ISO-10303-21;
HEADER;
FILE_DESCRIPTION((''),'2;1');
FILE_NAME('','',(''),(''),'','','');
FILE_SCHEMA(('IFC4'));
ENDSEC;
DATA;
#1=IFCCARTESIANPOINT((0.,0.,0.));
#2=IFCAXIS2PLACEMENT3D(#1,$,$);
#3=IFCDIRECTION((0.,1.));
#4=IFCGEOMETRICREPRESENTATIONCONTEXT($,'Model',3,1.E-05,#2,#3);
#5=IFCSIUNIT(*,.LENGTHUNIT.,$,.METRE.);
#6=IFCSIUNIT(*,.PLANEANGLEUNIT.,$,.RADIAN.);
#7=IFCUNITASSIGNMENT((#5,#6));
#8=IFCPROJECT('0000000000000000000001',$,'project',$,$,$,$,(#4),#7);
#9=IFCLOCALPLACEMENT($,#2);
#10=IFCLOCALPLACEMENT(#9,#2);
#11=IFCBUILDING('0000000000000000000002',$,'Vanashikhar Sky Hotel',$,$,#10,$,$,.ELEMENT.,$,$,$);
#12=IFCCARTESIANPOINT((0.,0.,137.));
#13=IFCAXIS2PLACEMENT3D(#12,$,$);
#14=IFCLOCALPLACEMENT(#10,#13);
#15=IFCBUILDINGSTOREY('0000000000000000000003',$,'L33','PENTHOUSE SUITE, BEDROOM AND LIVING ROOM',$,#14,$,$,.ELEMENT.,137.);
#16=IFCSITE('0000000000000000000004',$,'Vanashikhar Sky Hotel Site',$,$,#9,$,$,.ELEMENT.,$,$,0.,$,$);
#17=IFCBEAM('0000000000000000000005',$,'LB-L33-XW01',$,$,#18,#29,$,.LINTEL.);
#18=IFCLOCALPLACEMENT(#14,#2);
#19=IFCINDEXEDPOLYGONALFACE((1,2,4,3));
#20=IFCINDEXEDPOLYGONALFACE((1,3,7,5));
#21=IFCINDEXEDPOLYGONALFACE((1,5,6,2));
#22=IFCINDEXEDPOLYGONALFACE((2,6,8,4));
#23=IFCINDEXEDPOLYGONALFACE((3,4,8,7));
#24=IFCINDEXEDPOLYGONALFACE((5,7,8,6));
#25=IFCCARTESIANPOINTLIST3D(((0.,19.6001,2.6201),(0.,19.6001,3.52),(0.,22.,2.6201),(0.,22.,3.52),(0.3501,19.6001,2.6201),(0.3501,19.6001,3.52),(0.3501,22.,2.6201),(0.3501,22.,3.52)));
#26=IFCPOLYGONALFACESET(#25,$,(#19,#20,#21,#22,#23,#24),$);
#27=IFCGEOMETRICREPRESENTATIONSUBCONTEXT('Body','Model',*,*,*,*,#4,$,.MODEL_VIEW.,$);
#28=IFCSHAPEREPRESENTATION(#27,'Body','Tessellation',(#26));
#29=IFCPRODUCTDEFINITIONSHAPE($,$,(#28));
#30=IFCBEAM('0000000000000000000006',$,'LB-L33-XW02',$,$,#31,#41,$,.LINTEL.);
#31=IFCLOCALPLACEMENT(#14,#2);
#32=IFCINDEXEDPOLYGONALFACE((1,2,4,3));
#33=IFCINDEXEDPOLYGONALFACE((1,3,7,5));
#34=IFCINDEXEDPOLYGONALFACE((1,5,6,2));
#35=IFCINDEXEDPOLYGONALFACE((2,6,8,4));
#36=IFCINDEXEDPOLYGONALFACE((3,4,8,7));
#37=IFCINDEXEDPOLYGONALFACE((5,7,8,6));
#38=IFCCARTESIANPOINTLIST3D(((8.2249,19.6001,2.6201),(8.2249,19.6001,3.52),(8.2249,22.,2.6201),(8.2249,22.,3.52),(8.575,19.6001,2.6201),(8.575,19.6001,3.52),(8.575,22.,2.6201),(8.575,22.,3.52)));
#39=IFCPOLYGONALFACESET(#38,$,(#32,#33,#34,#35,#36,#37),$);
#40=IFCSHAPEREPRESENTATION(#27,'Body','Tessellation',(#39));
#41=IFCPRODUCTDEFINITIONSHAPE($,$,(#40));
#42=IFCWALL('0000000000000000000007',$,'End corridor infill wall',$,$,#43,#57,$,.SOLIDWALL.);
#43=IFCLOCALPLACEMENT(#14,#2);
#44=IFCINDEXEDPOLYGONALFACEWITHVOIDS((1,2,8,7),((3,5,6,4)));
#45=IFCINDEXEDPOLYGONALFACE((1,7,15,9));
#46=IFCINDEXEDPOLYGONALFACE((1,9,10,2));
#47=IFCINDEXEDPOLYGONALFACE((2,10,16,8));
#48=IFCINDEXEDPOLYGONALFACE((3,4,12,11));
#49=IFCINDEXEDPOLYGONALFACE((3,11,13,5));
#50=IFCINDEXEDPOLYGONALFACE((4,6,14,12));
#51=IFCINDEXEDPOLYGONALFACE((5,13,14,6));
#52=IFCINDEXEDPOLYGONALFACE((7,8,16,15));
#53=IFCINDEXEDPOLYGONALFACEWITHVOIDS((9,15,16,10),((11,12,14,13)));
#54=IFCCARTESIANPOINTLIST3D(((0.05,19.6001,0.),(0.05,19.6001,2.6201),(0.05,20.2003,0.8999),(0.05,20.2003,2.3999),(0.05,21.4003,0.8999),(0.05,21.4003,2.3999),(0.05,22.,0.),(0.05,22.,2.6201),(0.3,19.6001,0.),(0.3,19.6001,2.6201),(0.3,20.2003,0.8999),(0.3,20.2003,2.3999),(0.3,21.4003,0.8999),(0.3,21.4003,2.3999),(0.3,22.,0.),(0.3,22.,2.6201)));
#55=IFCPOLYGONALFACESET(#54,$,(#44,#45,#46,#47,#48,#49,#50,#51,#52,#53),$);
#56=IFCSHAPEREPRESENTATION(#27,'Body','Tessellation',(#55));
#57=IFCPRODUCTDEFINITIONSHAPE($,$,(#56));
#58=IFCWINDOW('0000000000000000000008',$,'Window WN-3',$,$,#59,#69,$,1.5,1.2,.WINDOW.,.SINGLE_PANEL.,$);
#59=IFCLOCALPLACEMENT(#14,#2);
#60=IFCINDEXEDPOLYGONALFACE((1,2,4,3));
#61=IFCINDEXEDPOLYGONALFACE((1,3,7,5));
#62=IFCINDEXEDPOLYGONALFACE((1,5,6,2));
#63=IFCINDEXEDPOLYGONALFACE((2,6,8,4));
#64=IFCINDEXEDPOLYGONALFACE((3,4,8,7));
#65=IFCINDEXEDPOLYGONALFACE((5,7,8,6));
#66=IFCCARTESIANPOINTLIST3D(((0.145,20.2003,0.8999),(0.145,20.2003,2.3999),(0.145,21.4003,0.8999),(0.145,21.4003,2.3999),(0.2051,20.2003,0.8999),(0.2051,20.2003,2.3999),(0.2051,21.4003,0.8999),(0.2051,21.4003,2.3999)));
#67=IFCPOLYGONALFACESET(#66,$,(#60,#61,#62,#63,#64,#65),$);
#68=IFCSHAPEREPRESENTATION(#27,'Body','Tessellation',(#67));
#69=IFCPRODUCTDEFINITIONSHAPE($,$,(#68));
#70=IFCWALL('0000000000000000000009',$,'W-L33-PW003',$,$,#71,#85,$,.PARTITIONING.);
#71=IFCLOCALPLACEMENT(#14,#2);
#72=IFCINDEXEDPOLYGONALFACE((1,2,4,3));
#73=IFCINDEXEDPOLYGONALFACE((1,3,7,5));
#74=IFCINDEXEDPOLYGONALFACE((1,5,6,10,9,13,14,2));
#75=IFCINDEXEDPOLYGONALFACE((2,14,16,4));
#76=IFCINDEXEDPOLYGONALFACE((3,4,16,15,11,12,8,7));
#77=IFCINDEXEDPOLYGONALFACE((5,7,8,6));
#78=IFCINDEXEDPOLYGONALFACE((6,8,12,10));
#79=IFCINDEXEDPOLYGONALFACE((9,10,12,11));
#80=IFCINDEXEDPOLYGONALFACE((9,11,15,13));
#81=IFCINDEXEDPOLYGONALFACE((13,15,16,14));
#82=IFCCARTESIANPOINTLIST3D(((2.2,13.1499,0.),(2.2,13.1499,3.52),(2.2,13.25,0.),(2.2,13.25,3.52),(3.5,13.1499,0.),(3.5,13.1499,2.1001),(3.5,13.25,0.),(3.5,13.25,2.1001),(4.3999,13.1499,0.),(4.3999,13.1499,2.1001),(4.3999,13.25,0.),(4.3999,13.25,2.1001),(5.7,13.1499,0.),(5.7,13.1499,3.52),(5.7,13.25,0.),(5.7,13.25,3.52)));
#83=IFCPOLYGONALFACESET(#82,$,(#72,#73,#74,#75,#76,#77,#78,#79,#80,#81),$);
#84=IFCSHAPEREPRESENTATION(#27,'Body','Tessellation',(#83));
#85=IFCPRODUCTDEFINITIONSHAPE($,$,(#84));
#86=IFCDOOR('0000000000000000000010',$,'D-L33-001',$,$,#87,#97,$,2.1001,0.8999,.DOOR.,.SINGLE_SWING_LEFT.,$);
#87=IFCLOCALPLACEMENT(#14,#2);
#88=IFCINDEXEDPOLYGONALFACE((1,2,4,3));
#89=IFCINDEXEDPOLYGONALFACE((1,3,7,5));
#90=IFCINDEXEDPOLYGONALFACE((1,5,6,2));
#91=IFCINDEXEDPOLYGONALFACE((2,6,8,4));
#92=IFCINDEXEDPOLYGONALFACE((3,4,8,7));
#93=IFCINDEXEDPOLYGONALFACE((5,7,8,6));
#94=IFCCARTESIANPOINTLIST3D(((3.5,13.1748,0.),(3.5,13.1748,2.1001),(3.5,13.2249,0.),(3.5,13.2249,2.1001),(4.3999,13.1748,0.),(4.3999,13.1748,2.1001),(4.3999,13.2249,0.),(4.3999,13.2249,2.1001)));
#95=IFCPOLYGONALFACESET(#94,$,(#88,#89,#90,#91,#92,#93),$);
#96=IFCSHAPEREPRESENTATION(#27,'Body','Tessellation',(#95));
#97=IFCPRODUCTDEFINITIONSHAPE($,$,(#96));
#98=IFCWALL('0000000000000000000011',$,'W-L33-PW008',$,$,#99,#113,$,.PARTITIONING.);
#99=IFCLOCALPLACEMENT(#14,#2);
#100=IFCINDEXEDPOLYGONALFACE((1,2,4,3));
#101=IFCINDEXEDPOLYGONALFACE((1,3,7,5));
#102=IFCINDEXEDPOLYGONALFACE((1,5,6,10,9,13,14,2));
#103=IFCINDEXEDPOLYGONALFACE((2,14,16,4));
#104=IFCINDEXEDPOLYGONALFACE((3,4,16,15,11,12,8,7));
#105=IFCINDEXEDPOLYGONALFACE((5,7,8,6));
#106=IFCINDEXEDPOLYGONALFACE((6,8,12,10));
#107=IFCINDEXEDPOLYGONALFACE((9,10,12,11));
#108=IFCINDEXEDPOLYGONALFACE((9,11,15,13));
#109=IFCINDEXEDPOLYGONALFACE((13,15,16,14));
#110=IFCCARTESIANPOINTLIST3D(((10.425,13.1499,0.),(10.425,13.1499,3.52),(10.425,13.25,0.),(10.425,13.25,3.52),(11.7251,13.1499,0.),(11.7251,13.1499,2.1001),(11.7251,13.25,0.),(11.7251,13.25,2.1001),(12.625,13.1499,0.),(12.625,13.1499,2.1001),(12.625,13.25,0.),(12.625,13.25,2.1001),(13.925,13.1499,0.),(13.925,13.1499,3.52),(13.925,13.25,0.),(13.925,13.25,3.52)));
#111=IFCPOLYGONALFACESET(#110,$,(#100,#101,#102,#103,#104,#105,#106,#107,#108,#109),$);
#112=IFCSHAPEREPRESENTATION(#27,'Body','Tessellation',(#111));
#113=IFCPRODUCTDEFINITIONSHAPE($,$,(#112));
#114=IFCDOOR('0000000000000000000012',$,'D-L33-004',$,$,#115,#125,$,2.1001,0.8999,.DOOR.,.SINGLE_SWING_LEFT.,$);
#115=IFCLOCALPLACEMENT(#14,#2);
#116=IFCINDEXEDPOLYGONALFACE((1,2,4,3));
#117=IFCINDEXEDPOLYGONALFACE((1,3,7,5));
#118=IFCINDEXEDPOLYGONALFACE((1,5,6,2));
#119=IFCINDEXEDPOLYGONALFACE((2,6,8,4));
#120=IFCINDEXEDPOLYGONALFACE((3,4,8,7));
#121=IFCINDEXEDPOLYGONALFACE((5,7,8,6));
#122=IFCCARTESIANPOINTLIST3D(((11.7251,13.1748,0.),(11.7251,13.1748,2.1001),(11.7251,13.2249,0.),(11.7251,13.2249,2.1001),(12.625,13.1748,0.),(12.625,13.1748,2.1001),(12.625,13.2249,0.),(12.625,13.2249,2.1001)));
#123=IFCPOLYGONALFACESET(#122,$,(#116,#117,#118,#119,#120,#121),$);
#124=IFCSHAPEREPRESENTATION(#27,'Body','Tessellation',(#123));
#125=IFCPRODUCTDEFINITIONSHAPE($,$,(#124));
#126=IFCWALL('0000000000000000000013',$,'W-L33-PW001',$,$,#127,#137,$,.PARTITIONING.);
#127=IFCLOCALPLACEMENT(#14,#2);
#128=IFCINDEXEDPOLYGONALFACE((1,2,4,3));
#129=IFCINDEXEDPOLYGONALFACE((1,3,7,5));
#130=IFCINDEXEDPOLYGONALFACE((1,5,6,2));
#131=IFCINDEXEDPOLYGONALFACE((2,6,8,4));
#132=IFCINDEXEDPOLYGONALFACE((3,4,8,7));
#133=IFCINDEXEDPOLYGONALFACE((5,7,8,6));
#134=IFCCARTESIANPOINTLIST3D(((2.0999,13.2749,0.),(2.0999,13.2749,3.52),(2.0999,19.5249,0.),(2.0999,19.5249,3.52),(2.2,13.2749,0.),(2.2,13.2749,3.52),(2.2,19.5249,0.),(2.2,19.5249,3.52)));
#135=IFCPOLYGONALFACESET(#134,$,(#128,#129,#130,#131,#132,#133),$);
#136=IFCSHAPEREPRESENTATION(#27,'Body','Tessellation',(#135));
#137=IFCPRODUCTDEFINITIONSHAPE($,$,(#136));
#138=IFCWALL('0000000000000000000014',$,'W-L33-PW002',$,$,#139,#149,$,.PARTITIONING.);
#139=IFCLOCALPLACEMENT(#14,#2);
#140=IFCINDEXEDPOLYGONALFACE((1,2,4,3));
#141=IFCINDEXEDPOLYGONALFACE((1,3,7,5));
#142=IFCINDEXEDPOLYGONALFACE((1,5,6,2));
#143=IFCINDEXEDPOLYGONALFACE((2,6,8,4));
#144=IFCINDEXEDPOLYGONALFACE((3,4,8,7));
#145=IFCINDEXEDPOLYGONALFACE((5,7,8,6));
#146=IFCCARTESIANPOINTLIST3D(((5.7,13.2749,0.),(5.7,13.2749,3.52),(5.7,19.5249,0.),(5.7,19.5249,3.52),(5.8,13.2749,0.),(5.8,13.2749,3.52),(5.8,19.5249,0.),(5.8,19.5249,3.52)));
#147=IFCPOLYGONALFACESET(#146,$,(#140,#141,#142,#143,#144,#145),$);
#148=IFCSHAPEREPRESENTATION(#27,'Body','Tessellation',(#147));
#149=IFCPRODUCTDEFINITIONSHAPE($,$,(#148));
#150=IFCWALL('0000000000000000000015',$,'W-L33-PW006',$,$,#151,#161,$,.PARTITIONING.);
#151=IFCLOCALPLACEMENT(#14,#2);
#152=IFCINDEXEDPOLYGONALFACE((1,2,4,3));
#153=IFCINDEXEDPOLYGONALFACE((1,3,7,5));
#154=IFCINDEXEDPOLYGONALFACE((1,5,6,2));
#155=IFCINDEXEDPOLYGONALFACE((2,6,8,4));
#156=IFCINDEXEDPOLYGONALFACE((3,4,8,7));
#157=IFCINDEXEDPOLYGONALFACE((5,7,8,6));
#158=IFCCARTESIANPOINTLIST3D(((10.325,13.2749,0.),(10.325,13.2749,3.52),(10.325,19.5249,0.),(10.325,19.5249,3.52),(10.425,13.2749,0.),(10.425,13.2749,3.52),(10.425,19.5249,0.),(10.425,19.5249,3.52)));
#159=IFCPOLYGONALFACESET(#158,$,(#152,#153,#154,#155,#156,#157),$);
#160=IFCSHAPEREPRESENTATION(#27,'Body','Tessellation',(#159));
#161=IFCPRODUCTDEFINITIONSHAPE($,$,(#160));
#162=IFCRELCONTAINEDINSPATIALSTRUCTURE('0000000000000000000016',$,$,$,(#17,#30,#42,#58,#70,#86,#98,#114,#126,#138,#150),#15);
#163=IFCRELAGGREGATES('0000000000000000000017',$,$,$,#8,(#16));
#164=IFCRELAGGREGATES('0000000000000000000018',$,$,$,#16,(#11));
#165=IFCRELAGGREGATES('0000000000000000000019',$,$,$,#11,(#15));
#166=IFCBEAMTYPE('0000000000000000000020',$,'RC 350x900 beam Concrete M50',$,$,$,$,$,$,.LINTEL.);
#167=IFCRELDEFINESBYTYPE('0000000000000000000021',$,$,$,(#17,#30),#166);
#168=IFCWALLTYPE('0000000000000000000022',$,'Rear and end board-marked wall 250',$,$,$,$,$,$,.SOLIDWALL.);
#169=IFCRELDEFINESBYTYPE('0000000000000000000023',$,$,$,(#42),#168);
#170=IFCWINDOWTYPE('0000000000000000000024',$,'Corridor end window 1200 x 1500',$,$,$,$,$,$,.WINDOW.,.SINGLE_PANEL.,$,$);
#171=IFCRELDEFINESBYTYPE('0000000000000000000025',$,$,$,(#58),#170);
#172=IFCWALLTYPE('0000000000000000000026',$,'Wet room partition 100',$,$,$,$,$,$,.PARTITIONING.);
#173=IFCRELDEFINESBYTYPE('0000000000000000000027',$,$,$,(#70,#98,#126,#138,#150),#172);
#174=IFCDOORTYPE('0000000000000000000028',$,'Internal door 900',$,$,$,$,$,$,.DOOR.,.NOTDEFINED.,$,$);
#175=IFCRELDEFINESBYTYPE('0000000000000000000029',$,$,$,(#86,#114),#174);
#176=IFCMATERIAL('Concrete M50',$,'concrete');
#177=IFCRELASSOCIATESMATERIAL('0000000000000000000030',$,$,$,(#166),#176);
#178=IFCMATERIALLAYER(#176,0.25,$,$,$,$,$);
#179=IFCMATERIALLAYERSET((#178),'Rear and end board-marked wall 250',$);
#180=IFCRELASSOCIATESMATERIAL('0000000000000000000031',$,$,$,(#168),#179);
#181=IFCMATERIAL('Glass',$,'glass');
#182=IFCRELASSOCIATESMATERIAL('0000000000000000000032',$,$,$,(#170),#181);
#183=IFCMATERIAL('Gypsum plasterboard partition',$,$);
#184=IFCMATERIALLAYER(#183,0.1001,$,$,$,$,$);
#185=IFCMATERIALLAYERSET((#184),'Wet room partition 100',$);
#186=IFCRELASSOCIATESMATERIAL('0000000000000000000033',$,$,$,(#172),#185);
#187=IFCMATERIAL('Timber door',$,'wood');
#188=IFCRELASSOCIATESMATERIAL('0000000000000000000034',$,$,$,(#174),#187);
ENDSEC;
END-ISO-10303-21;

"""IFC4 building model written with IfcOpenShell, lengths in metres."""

from ifc_helpers import new_model, si_unit, direction, frame, frame_2d, origin, origin_2d, place, context, subcontext, project, spatial, rectangle, extrude, source, transform, mapped, material, layer, layer_set, material_profile, profile_set, type_object, element, fill, save


model = new_model("IFC4")

# Units and contexts
model_context = context("Model", 3, precision=1e-05, world=origin(), true_north=direction((0.0, 1.0)))
body_context = subcontext(model_context, "Body", "Model", "MODEL_VIEW")
ifc_project = project(units=[si_unit("LENGTHUNIT", "METRE"), si_unit("PLANEANGLEUNIT", "RADIAN")], contexts=[model_context])

# Site, building, storey
site_placement = place(None, origin())
site = spatial("IfcSite", under=ifc_project, at=site_placement, Name="Vanashikhar Sky Hotel Site", CompositionType="ELEMENT", RefElevation=0.0)
building_placement = place(site_placement, origin())
building = spatial("IfcBuilding", under=site, at=building_placement, Name="Vanashikhar Sky Hotel", CompositionType="ELEMENT")
storey_placement = place(building_placement, frame((0.0, 0.0, 137.0)))
storey = spatial("IfcBuildingStorey", under=building, at=storey_placement, Name="L33", Description="PENTHOUSE SUITE, BEDROOM AND LIVING ROOM", CompositionType="ELEMENT", Elevation=137.0)

# Beams
ifc_material_1 = material(Name="Concrete M50", Category="concrete")
ifc_material_profile = material_profile(ifc_material_1, rectangle(XDim=0.3501, YDim=0.8999, at=origin_2d()))
ifc_profile_set = profile_set([ifc_material_profile], Name="RC 350x900 beam Concrete M50")
beam_type = type_object("IfcBeamType", Name="RC 350x900 beam Concrete M50", PredefinedType="LINTEL", material=ifc_profile_set)
shared_shape_1 = source(origin(), body_context, "Body", "SweptSolid", [
    extrude(rectangle(XDim=0.3501, YDim=0.8999, at=origin_2d()), origin(), (0.0, 0.0, 1.0), 2.3999),
])
for number, where, z_axis, x_axis, name in (
    (1, (0.175, 19.6001, 3.0701), (0.0, 1.0, 0.0), (-1.0, 0.0, 0.0), "LB-L33-XW01"),
    (2, (8.3999, 19.6001, 3.0701), (0.0, 1.0, 0.0), (-1.0, 0.0, 0.0), "LB-L33-XW02"),
):
    element("IfcBeam", number, at=place(storey_placement, frame(where, z_axis=z_axis, x_axis=x_axis)), inside=storey, type_object=beam_type, Name=name, PredefinedType="LINTEL", context=body_context, shape_type="MappedRepresentation", body=[
        mapped(shared_shape_1, transform((0.0, 0.0, 0.0), scale=1.0)),
    ])

# Wall, opening, window
ifc_layer_1 = layer(ifc_material_1, 0.25)
ifc_layer_set_1 = layer_set([ifc_layer_1], Name="Rear and end board-marked wall 250")
wall_type_1 = type_object("IfcWallType", Name="Rear and end board-marked wall 250", PredefinedType="SOLIDWALL", material=ifc_layer_set_1)
shared_shape_2 = source(origin(), body_context, "Body", "SweptSolid", [
    extrude(rectangle(XDim=2.3999, YDim=0.25, at=frame_2d((1.2, 0.0))), origin(), (0.0, 0.0, 1.0), 2.6201),
])
wall_1_placement = place(storey_placement, frame((0.175, 19.6001, 0.0), z_axis=(0.0, 0.0, 1.0), x_axis=(0.0, 1.0, 0.0)))
wall_1 = element("IfcWall", 3, at=wall_1_placement, inside=storey, type_object=wall_type_1, Name="End corridor infill wall", PredefinedType="SOLIDWALL", context=body_context, shape_type="MappedRepresentation", body=[
    mapped(shared_shape_2, transform((0.0, 0.0, 0.0), scale=1.0)),
])
shared_shape_3 = source(origin(), body_context, "Body", "SweptSolid", [
    extrude(rectangle(XDim=1.2, YDim=1.5, at=frame_2d((0.6001, 0.75))), frame((0.0, 0.135, 0.0), z_axis=(0.0, -1.0, 0.0), x_axis=(1.0, 0.0, 0.0)), (0.0, 0.0, 1.0), 0.27),
])
opening_1_placement = place(wall_1_placement, frame((0.6001, 0.0, 0.8999)))
opening_1 = element("IfcOpeningElement", 4, at=opening_1_placement, cuts=wall_1, PredefinedType="OPENING", context=body_context, shape_type="MappedRepresentation", body=[
    mapped(shared_shape_3, transform((0.0, 0.0, 0.0), scale=1.0)),
])
ifc_material_2 = material(Name="Glass", Category="glass")
window_type = type_object("IfcWindowType", Name="Corridor end window 1200 x 1500", PartitioningType="SINGLE_PANEL", PredefinedType="WINDOW", material=ifc_material_2)
shared_shape_4 = source(origin(), body_context, "Body", "SweptSolid", [
    extrude(rectangle(XDim=1.2, YDim=1.5, at=frame_2d((0.6001, 0.75))), frame((0.0, 0.03, 0.0), z_axis=(0.0, -1.0, 0.0), x_axis=(1.0, 0.0, 0.0)), (0.0, 0.0, 1.0), 0.0601),
])
window_placement = place(opening_1_placement, origin())
window = element("IfcWindow", 5, at=window_placement, inside=storey, type_object=window_type, Name="Window WN-3", OverallHeight=1.5, OverallWidth=1.2, PartitioningType="SINGLE_PANEL", PredefinedType="WINDOW", context=body_context, shape_type="MappedRepresentation", body=[
    mapped(shared_shape_4, transform((0.0, 0.0, 0.0), scale=1.0)),
])
fill(opening_1, window)

# Walls, openings, doors
ifc_material_3 = material(Name="Gypsum plasterboard partition")
ifc_layer_2 = layer(ifc_material_3, 0.1001)
ifc_layer_set_2 = layer_set([ifc_layer_2], Name="Wet room partition 100")
wall_type_2 = type_object("IfcWallType", Name="Wet room partition 100", PredefinedType="PARTITIONING", material=ifc_layer_set_2)
shared_shape_5 = source(origin(), body_context, "Body", "SweptSolid", [
    extrude(rectangle(XDim=3.5, YDim=0.1001, at=frame_2d((1.75, 0.0))), origin(), (0.0, 0.0, 1.0), 3.52),
])
wall_2_placement = place(storey_placement, frame((2.2, 13.2, 0.0), z_axis=(0.0, 0.0, 1.0), x_axis=(1.0, 0.0, 0.0)))
wall_2 = element("IfcWall", 6, at=wall_2_placement, inside=storey, type_object=wall_type_2, Name="W-L33-PW003", PredefinedType="PARTITIONING", context=body_context, shape_type="MappedRepresentation", body=[
    mapped(shared_shape_5, transform((0.0, 0.0, 0.0), scale=1.0)),
])
shared_shape_6 = source(origin(), body_context, "Body", "SweptSolid", [
    extrude(rectangle(XDim=0.8999, YDim=2.1001, at=frame_2d((0.45, 1.05))), frame((0.0, 0.0601, 0.0), z_axis=(0.0, -1.0, 0.0), x_axis=(1.0, 0.0, 0.0)), (0.0, 0.0, 1.0), 0.1201),
])
opening_2_placement = place(wall_2_placement, frame((1.3, 0.0, 0.0)))
opening_2 = element("IfcOpeningElement", 7, at=opening_2_placement, cuts=wall_2, PredefinedType="OPENING", context=body_context, shape_type="MappedRepresentation", body=[
    mapped(shared_shape_6, transform((0.0, 0.0, 0.0), scale=1.0)),
])
ifc_material_4 = material(Name="Timber door", Category="wood")
door_type_1 = type_object("IfcDoorType", Name="Internal door 900", OperationType="NOTDEFINED", PredefinedType="DOOR", material=ifc_material_4)
shared_shape_7 = source(origin(), body_context, "Body", "SweptSolid", [
    extrude(rectangle(XDim=0.8999, YDim=2.1001, at=frame_2d((0.45, 1.05))), frame((0.0, 0.0249, 0.0), z_axis=(0.0, -1.0, 0.0), x_axis=(1.0, 0.0, 0.0)), (0.0, 0.0, 1.0), 0.05),
])
door_1_placement = place(opening_2_placement, origin())
door_1 = element("IfcDoor", 8, at=door_1_placement, inside=storey, type_object=door_type_1, Name="D-L33-001", OperationType="SINGLE_SWING_LEFT", OverallHeight=2.1001, OverallWidth=0.8999, PredefinedType="DOOR", context=body_context, shape_type="MappedRepresentation", body=[
    mapped(shared_shape_7, transform((0.0, 0.0, 0.0), scale=1.0)),
])
fill(opening_2, door_1)
wall_3_placement = place(storey_placement, frame((10.425, 13.2, 0.0), z_axis=(0.0, 0.0, 1.0), x_axis=(1.0, 0.0, 0.0)))
wall_3 = element("IfcWall", 9, at=wall_3_placement, inside=storey, type_object=wall_type_2, Name="W-L33-PW008", PredefinedType="PARTITIONING", context=body_context, shape_type="MappedRepresentation", body=[
    mapped(shared_shape_5, transform((0.0, 0.0, 0.0), scale=1.0)),
])
opening_3_placement = place(wall_3_placement, frame((1.3, 0.0, 0.0)))
opening_3 = element("IfcOpeningElement", 10, at=opening_3_placement, cuts=wall_3, PredefinedType="OPENING", context=body_context, shape_type="MappedRepresentation", body=[
    mapped(shared_shape_6, transform((0.0, 0.0, 0.0), scale=1.0)),
])
door_2_placement = place(opening_3_placement, origin())
door_2 = element("IfcDoor", 11, at=door_2_placement, inside=storey, type_object=door_type_1, Name="D-L33-004", OperationType="SINGLE_SWING_LEFT", OverallHeight=2.1001, OverallWidth=0.8999, PredefinedType="DOOR", context=body_context, shape_type="MappedRepresentation", body=[
    mapped(shared_shape_7, transform((0.0, 0.0, 0.0), scale=1.0)),
])
fill(opening_3, door_2)

# Walls
shared_shape_8 = source(origin(), body_context, "Body", "SweptSolid", [
    extrude(rectangle(XDim=6.25, YDim=0.1001, at=frame_2d((3.125, 0.0))), origin(), (0.0, 0.0, 1.0), 3.52),
])
for number, where, z_axis, x_axis, name in (
    (12, (2.1499, 13.2749, 0.0), (0.0, 0.0, 1.0), (0.0, 1.0, 0.0), "W-L33-PW001"),
    (13, (5.75, 13.2749, 0.0), (0.0, 0.0, 1.0), (0.0, 1.0, 0.0), "W-L33-PW002"),
    (14, (10.375, 13.2749, 0.0), (0.0, 0.0, 1.0), (0.0, 1.0, 0.0), "W-L33-PW006"),
):
    element("IfcWall", number, at=place(storey_placement, frame(where, z_axis=z_axis, x_axis=x_axis)), inside=storey, type_object=wall_type_2, Name=name, PredefinedType="PARTITIONING", context=body_context, shape_type="MappedRepresentation", body=[
        mapped(shared_shape_8, transform((0.0, 0.0, 0.0), scale=1.0)),
    ])

save(model, "model.ifc")
